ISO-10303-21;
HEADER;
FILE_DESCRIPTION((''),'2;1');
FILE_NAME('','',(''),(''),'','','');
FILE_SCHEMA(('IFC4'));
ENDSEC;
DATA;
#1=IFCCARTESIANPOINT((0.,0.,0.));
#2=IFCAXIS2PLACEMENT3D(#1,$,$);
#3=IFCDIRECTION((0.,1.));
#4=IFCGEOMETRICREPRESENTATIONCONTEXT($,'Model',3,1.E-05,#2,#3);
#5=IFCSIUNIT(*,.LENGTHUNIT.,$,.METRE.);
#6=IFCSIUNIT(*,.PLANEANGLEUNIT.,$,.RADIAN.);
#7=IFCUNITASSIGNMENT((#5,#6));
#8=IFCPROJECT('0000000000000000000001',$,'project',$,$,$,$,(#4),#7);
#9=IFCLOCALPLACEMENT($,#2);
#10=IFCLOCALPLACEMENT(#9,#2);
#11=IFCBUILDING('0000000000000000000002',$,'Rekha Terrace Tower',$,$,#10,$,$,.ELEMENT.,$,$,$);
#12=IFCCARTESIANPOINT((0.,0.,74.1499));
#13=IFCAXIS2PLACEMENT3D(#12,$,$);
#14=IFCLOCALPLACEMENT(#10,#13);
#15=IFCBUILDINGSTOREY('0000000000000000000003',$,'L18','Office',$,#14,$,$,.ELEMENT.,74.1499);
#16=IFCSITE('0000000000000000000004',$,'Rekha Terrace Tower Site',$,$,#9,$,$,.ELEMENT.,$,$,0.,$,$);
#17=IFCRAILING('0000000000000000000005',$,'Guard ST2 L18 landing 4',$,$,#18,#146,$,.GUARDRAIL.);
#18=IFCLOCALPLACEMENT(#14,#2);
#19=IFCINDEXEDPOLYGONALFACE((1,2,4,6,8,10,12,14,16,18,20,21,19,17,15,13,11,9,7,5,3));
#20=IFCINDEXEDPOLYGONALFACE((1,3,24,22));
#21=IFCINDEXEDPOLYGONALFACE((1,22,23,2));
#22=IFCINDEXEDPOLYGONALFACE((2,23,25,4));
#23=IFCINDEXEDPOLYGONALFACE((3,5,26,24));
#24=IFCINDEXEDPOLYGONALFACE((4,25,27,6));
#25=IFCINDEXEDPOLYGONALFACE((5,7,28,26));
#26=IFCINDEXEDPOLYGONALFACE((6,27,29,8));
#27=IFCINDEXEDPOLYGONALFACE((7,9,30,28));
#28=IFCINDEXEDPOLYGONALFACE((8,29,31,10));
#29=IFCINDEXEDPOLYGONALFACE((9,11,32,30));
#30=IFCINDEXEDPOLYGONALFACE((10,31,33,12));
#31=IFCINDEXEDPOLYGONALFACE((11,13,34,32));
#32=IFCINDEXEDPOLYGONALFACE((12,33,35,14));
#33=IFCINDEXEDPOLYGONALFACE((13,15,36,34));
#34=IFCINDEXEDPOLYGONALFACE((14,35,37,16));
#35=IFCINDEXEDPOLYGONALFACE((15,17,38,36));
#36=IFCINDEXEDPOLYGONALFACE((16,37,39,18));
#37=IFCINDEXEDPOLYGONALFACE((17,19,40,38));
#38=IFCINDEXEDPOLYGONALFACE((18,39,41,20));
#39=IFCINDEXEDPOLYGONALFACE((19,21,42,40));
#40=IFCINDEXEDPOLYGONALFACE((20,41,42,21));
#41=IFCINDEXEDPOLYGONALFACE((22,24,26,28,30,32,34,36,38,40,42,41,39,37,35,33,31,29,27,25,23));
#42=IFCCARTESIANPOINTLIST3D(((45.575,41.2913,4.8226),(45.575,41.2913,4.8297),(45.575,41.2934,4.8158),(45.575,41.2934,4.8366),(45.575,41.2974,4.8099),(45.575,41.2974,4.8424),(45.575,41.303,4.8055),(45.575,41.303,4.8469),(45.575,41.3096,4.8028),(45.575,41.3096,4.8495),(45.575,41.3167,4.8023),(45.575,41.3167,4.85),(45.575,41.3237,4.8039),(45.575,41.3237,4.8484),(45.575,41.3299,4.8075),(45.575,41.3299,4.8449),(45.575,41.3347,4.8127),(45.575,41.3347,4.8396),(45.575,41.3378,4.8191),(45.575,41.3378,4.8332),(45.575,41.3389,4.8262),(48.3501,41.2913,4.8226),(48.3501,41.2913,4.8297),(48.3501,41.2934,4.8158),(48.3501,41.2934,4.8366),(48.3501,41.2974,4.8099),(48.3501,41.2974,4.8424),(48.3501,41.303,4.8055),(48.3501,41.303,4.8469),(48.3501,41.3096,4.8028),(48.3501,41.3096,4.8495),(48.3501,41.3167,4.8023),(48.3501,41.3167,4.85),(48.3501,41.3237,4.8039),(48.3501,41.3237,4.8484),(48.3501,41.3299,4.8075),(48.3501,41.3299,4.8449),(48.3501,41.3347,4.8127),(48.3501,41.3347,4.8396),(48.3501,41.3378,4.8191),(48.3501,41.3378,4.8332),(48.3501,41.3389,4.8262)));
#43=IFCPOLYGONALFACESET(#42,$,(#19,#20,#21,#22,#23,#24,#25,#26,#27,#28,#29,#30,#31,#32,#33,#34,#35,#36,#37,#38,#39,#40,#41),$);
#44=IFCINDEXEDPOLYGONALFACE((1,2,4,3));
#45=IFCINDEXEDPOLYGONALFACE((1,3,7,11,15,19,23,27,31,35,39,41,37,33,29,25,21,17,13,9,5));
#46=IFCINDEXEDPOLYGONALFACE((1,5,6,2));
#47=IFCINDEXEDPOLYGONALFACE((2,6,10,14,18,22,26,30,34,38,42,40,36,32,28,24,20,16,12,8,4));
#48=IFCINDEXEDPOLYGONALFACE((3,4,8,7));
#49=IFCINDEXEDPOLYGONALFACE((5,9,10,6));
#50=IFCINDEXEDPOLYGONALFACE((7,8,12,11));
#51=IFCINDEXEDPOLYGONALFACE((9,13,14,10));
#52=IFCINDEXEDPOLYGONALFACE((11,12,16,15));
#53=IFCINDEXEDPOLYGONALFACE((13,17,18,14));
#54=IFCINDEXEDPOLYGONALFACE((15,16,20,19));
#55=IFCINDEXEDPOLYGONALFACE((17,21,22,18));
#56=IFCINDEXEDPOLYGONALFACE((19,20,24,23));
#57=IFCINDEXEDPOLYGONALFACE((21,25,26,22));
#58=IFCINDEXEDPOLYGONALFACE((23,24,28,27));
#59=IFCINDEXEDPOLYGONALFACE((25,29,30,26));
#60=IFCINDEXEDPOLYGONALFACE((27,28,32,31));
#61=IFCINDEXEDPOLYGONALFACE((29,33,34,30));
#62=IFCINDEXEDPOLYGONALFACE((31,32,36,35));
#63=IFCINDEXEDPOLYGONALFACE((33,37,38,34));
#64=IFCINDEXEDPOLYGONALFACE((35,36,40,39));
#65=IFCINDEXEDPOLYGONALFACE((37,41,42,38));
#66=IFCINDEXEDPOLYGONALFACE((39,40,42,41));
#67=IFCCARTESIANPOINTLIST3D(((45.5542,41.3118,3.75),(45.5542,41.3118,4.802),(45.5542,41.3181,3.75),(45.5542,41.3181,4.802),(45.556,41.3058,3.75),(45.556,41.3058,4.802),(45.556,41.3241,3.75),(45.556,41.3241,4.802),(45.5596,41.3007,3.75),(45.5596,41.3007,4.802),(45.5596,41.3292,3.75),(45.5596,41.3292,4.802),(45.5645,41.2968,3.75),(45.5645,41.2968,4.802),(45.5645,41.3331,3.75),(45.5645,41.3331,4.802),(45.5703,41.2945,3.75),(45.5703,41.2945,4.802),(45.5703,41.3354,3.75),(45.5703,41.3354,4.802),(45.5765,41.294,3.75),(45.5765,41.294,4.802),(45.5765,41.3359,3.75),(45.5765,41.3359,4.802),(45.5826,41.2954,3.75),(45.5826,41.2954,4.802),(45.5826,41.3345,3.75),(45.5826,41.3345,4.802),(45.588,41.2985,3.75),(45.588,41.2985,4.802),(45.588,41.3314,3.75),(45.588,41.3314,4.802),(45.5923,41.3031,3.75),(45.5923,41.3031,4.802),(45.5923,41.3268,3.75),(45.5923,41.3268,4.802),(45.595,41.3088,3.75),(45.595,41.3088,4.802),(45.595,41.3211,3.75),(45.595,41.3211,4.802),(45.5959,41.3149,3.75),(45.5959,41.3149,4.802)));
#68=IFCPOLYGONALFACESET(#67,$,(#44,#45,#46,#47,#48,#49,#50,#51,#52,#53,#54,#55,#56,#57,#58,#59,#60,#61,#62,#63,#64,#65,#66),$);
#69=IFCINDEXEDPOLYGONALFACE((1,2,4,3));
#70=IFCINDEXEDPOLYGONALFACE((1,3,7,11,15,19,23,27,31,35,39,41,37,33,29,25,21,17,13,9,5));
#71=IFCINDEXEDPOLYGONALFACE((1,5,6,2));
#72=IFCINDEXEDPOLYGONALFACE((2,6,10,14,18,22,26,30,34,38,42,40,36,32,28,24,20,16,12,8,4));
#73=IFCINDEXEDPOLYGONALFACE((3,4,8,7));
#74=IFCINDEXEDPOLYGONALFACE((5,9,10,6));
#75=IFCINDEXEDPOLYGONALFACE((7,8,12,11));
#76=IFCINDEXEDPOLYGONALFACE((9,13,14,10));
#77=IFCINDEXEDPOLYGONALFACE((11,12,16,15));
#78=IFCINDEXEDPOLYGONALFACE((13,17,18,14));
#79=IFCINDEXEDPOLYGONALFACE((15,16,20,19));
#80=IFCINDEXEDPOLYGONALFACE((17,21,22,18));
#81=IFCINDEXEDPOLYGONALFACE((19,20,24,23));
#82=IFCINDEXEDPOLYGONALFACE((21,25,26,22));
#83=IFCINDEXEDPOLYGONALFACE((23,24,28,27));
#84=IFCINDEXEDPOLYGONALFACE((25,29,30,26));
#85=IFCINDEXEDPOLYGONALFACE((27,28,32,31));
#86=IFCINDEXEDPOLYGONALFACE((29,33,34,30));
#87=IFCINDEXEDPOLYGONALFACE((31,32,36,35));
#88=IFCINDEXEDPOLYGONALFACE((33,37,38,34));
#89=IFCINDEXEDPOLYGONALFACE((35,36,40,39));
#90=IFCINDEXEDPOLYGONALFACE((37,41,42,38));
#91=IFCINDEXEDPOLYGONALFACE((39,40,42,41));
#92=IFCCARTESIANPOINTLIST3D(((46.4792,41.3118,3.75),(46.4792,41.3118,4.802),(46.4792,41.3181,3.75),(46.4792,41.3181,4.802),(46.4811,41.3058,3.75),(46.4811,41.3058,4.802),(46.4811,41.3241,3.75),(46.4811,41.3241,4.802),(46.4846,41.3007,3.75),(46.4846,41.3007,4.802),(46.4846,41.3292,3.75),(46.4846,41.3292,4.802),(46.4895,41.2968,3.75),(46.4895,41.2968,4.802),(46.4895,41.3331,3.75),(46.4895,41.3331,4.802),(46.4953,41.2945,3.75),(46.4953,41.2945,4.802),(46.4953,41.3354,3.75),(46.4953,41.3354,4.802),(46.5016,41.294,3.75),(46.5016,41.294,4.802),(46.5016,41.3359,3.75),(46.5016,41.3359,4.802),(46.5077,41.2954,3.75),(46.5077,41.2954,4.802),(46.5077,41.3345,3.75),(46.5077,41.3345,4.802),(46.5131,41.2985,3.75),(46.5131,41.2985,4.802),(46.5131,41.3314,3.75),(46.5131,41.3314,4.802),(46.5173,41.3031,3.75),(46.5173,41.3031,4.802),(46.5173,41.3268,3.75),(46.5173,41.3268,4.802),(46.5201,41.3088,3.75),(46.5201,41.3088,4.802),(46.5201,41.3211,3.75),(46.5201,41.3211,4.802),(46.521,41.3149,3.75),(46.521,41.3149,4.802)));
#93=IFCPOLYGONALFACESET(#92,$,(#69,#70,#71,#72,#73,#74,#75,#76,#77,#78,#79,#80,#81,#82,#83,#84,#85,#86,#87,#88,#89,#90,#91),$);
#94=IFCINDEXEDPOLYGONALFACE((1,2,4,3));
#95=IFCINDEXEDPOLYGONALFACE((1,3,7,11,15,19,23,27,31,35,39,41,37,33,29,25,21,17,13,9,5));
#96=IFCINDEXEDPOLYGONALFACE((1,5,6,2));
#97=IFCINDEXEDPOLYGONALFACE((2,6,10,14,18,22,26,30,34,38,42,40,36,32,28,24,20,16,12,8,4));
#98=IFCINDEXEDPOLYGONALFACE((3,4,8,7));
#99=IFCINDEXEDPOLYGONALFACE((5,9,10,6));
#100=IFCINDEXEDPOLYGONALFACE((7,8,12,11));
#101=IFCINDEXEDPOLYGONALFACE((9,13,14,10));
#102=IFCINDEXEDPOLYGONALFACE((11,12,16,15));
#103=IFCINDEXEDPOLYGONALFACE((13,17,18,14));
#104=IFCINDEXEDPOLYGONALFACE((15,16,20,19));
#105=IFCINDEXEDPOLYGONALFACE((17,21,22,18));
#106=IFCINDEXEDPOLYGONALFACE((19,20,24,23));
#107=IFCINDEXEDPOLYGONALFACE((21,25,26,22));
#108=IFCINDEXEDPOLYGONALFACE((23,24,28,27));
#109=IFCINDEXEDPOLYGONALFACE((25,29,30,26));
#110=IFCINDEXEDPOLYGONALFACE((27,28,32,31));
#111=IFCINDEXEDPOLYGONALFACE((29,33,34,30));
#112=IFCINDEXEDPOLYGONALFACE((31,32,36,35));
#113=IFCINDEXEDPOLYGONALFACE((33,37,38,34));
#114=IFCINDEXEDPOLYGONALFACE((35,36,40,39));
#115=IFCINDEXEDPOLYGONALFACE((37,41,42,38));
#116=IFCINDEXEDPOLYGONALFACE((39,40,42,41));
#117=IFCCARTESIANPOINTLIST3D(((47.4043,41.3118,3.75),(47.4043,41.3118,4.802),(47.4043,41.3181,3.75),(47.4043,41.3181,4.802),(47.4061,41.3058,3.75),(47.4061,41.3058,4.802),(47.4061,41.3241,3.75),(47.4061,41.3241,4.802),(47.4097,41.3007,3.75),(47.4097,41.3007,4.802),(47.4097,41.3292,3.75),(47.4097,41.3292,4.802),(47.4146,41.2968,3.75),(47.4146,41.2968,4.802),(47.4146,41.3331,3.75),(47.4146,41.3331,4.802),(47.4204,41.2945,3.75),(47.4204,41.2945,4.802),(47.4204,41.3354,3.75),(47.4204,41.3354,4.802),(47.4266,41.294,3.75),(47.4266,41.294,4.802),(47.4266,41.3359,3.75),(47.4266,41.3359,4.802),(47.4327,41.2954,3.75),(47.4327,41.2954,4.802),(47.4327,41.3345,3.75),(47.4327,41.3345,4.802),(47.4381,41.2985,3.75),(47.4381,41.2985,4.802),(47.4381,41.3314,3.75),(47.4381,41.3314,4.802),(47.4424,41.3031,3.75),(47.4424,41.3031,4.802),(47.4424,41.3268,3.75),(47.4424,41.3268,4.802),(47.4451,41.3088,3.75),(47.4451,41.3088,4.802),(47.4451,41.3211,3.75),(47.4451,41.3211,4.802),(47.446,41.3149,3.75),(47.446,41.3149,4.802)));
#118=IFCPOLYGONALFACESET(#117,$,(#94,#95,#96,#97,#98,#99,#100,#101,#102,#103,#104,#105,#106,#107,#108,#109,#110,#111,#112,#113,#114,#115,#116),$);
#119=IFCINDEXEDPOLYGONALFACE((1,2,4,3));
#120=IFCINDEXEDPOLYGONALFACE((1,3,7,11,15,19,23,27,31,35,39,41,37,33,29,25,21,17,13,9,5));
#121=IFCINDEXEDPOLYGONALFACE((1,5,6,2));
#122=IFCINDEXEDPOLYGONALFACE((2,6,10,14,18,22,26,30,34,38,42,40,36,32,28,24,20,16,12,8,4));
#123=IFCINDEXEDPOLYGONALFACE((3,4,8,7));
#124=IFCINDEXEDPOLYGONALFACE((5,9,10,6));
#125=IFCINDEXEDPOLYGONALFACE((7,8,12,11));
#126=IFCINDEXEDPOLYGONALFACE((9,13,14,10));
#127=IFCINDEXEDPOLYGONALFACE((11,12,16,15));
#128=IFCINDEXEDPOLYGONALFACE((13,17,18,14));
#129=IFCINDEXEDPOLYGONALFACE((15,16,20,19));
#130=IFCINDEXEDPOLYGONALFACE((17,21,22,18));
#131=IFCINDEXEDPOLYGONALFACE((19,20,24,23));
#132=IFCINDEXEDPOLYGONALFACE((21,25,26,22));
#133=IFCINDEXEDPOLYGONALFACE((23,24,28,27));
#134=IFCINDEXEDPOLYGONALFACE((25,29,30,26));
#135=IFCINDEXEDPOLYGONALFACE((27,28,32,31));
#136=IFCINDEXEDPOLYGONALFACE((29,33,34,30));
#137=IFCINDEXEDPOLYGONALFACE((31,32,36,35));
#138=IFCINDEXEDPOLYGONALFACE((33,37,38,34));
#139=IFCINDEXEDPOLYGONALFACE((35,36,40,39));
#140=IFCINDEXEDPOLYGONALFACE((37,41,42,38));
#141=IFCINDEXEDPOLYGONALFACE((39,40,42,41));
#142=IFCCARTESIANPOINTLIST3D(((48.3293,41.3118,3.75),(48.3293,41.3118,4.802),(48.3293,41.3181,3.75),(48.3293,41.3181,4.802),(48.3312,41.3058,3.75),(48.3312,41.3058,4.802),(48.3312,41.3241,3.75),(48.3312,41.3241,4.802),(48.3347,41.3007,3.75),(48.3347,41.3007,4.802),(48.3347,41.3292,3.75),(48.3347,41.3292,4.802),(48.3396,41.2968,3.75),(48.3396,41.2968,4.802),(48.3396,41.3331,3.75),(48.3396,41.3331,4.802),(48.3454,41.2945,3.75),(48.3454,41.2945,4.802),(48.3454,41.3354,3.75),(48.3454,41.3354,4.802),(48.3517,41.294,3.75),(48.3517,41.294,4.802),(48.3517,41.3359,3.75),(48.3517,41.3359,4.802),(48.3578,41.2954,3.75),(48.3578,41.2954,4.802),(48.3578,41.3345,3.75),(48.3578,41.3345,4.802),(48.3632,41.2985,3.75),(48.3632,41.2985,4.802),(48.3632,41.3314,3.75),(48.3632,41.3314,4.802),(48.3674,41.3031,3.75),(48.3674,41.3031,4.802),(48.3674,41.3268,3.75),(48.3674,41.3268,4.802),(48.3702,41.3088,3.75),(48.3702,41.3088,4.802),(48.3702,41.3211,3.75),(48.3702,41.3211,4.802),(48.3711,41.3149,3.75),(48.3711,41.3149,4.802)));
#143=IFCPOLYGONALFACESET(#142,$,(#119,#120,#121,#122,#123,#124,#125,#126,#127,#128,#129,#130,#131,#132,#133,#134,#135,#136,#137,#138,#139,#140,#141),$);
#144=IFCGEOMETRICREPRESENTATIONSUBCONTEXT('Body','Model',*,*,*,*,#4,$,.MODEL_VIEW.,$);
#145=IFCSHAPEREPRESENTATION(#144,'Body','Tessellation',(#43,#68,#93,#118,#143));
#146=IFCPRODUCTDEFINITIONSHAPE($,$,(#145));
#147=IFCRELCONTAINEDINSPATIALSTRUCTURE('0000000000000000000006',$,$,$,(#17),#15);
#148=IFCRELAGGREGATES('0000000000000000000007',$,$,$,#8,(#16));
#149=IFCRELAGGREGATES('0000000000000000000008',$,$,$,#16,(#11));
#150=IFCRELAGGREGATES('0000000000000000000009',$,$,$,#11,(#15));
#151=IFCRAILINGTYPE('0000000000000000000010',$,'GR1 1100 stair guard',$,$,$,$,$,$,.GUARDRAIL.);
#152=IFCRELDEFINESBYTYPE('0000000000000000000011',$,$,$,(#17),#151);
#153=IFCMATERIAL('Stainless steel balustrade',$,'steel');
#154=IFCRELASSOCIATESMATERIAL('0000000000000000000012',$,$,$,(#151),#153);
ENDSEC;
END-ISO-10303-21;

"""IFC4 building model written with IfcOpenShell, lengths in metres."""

from ifc_helpers import new_model, si_unit, direction, frame, origin, origin_2d, place, context, subcontext, project, spatial, circle, extrude, material, type_object, element, save


model = new_model("IFC4")

# Units and contexts
model_context = context("Model", 3, precision=1e-05, world=origin(), true_north=direction((0.0, 1.0)))
body_context = subcontext(model_context, "Body", "Model", "MODEL_VIEW")
ifc_project = project(units=[si_unit("LENGTHUNIT", "METRE"), si_unit("PLANEANGLEUNIT", "RADIAN")], contexts=[model_context])

# Site, building, storey
site_placement = place(None, origin())
site = spatial("IfcSite", under=ifc_project, at=site_placement, Name="Rekha Terrace Tower Site", CompositionType="ELEMENT", RefElevation=0.0)
building_placement = place(site_placement, origin())
building = spatial("IfcBuilding", under=site, at=building_placement, Name="Rekha Terrace Tower", CompositionType="ELEMENT")
storey_placement = place(building_placement, frame((0.0, 0.0, 74.1499)))
storey = spatial("IfcBuildingStorey", under=building, at=storey_placement, Name="L18", Description="Office", CompositionType="ELEMENT", Elevation=74.1499)

# Railing
ifc_material_1 = material(Name="Stainless steel balustrade", Category="steel")
railing_type_1 = type_object("IfcRailingType", Name="GR1 1100 stair guard", PredefinedType="GUARDRAIL", material=ifc_material_1)
railing_1_placement = place(storey_placement, frame((45.575, 41.3149, 3.75)))
element("IfcRailing", 1, at=railing_1_placement, inside=storey, type_object=railing_type_1, Name="Guard ST2 L18 landing 4", PredefinedType="GUARDRAIL", context=body_context, shape_type="SweptSolid", body=[
    extrude(circle(Radius=0.0239, at=origin_2d()), frame((0.0, 0.0, 1.0762), z_axis=(1.0, 0.0, 0.0), x_axis=(0.0, 1.0, 0.0)), (0.0, 0.0, 1.0), 2.7751),
    extrude(circle(Radius=0.021, at=origin_2d()), origin(), (0.0, 0.0, 1.0), 1.052),
    extrude(circle(Radius=0.021, at=origin_2d()), frame((0.925, 0.0, 0.0)), (0.0, 0.0, 1.0), 1.052),
    extrude(circle(Radius=0.021, at=origin_2d()), frame((1.8501, 0.0, 0.0)), (0.0, 0.0, 1.0), 1.052),
    extrude(circle(Radius=0.021, at=origin_2d()), frame((2.7751, 0.0, 0.0)), (0.0, 0.0, 1.0), 1.052),
])

save(model, "model.ifc")
